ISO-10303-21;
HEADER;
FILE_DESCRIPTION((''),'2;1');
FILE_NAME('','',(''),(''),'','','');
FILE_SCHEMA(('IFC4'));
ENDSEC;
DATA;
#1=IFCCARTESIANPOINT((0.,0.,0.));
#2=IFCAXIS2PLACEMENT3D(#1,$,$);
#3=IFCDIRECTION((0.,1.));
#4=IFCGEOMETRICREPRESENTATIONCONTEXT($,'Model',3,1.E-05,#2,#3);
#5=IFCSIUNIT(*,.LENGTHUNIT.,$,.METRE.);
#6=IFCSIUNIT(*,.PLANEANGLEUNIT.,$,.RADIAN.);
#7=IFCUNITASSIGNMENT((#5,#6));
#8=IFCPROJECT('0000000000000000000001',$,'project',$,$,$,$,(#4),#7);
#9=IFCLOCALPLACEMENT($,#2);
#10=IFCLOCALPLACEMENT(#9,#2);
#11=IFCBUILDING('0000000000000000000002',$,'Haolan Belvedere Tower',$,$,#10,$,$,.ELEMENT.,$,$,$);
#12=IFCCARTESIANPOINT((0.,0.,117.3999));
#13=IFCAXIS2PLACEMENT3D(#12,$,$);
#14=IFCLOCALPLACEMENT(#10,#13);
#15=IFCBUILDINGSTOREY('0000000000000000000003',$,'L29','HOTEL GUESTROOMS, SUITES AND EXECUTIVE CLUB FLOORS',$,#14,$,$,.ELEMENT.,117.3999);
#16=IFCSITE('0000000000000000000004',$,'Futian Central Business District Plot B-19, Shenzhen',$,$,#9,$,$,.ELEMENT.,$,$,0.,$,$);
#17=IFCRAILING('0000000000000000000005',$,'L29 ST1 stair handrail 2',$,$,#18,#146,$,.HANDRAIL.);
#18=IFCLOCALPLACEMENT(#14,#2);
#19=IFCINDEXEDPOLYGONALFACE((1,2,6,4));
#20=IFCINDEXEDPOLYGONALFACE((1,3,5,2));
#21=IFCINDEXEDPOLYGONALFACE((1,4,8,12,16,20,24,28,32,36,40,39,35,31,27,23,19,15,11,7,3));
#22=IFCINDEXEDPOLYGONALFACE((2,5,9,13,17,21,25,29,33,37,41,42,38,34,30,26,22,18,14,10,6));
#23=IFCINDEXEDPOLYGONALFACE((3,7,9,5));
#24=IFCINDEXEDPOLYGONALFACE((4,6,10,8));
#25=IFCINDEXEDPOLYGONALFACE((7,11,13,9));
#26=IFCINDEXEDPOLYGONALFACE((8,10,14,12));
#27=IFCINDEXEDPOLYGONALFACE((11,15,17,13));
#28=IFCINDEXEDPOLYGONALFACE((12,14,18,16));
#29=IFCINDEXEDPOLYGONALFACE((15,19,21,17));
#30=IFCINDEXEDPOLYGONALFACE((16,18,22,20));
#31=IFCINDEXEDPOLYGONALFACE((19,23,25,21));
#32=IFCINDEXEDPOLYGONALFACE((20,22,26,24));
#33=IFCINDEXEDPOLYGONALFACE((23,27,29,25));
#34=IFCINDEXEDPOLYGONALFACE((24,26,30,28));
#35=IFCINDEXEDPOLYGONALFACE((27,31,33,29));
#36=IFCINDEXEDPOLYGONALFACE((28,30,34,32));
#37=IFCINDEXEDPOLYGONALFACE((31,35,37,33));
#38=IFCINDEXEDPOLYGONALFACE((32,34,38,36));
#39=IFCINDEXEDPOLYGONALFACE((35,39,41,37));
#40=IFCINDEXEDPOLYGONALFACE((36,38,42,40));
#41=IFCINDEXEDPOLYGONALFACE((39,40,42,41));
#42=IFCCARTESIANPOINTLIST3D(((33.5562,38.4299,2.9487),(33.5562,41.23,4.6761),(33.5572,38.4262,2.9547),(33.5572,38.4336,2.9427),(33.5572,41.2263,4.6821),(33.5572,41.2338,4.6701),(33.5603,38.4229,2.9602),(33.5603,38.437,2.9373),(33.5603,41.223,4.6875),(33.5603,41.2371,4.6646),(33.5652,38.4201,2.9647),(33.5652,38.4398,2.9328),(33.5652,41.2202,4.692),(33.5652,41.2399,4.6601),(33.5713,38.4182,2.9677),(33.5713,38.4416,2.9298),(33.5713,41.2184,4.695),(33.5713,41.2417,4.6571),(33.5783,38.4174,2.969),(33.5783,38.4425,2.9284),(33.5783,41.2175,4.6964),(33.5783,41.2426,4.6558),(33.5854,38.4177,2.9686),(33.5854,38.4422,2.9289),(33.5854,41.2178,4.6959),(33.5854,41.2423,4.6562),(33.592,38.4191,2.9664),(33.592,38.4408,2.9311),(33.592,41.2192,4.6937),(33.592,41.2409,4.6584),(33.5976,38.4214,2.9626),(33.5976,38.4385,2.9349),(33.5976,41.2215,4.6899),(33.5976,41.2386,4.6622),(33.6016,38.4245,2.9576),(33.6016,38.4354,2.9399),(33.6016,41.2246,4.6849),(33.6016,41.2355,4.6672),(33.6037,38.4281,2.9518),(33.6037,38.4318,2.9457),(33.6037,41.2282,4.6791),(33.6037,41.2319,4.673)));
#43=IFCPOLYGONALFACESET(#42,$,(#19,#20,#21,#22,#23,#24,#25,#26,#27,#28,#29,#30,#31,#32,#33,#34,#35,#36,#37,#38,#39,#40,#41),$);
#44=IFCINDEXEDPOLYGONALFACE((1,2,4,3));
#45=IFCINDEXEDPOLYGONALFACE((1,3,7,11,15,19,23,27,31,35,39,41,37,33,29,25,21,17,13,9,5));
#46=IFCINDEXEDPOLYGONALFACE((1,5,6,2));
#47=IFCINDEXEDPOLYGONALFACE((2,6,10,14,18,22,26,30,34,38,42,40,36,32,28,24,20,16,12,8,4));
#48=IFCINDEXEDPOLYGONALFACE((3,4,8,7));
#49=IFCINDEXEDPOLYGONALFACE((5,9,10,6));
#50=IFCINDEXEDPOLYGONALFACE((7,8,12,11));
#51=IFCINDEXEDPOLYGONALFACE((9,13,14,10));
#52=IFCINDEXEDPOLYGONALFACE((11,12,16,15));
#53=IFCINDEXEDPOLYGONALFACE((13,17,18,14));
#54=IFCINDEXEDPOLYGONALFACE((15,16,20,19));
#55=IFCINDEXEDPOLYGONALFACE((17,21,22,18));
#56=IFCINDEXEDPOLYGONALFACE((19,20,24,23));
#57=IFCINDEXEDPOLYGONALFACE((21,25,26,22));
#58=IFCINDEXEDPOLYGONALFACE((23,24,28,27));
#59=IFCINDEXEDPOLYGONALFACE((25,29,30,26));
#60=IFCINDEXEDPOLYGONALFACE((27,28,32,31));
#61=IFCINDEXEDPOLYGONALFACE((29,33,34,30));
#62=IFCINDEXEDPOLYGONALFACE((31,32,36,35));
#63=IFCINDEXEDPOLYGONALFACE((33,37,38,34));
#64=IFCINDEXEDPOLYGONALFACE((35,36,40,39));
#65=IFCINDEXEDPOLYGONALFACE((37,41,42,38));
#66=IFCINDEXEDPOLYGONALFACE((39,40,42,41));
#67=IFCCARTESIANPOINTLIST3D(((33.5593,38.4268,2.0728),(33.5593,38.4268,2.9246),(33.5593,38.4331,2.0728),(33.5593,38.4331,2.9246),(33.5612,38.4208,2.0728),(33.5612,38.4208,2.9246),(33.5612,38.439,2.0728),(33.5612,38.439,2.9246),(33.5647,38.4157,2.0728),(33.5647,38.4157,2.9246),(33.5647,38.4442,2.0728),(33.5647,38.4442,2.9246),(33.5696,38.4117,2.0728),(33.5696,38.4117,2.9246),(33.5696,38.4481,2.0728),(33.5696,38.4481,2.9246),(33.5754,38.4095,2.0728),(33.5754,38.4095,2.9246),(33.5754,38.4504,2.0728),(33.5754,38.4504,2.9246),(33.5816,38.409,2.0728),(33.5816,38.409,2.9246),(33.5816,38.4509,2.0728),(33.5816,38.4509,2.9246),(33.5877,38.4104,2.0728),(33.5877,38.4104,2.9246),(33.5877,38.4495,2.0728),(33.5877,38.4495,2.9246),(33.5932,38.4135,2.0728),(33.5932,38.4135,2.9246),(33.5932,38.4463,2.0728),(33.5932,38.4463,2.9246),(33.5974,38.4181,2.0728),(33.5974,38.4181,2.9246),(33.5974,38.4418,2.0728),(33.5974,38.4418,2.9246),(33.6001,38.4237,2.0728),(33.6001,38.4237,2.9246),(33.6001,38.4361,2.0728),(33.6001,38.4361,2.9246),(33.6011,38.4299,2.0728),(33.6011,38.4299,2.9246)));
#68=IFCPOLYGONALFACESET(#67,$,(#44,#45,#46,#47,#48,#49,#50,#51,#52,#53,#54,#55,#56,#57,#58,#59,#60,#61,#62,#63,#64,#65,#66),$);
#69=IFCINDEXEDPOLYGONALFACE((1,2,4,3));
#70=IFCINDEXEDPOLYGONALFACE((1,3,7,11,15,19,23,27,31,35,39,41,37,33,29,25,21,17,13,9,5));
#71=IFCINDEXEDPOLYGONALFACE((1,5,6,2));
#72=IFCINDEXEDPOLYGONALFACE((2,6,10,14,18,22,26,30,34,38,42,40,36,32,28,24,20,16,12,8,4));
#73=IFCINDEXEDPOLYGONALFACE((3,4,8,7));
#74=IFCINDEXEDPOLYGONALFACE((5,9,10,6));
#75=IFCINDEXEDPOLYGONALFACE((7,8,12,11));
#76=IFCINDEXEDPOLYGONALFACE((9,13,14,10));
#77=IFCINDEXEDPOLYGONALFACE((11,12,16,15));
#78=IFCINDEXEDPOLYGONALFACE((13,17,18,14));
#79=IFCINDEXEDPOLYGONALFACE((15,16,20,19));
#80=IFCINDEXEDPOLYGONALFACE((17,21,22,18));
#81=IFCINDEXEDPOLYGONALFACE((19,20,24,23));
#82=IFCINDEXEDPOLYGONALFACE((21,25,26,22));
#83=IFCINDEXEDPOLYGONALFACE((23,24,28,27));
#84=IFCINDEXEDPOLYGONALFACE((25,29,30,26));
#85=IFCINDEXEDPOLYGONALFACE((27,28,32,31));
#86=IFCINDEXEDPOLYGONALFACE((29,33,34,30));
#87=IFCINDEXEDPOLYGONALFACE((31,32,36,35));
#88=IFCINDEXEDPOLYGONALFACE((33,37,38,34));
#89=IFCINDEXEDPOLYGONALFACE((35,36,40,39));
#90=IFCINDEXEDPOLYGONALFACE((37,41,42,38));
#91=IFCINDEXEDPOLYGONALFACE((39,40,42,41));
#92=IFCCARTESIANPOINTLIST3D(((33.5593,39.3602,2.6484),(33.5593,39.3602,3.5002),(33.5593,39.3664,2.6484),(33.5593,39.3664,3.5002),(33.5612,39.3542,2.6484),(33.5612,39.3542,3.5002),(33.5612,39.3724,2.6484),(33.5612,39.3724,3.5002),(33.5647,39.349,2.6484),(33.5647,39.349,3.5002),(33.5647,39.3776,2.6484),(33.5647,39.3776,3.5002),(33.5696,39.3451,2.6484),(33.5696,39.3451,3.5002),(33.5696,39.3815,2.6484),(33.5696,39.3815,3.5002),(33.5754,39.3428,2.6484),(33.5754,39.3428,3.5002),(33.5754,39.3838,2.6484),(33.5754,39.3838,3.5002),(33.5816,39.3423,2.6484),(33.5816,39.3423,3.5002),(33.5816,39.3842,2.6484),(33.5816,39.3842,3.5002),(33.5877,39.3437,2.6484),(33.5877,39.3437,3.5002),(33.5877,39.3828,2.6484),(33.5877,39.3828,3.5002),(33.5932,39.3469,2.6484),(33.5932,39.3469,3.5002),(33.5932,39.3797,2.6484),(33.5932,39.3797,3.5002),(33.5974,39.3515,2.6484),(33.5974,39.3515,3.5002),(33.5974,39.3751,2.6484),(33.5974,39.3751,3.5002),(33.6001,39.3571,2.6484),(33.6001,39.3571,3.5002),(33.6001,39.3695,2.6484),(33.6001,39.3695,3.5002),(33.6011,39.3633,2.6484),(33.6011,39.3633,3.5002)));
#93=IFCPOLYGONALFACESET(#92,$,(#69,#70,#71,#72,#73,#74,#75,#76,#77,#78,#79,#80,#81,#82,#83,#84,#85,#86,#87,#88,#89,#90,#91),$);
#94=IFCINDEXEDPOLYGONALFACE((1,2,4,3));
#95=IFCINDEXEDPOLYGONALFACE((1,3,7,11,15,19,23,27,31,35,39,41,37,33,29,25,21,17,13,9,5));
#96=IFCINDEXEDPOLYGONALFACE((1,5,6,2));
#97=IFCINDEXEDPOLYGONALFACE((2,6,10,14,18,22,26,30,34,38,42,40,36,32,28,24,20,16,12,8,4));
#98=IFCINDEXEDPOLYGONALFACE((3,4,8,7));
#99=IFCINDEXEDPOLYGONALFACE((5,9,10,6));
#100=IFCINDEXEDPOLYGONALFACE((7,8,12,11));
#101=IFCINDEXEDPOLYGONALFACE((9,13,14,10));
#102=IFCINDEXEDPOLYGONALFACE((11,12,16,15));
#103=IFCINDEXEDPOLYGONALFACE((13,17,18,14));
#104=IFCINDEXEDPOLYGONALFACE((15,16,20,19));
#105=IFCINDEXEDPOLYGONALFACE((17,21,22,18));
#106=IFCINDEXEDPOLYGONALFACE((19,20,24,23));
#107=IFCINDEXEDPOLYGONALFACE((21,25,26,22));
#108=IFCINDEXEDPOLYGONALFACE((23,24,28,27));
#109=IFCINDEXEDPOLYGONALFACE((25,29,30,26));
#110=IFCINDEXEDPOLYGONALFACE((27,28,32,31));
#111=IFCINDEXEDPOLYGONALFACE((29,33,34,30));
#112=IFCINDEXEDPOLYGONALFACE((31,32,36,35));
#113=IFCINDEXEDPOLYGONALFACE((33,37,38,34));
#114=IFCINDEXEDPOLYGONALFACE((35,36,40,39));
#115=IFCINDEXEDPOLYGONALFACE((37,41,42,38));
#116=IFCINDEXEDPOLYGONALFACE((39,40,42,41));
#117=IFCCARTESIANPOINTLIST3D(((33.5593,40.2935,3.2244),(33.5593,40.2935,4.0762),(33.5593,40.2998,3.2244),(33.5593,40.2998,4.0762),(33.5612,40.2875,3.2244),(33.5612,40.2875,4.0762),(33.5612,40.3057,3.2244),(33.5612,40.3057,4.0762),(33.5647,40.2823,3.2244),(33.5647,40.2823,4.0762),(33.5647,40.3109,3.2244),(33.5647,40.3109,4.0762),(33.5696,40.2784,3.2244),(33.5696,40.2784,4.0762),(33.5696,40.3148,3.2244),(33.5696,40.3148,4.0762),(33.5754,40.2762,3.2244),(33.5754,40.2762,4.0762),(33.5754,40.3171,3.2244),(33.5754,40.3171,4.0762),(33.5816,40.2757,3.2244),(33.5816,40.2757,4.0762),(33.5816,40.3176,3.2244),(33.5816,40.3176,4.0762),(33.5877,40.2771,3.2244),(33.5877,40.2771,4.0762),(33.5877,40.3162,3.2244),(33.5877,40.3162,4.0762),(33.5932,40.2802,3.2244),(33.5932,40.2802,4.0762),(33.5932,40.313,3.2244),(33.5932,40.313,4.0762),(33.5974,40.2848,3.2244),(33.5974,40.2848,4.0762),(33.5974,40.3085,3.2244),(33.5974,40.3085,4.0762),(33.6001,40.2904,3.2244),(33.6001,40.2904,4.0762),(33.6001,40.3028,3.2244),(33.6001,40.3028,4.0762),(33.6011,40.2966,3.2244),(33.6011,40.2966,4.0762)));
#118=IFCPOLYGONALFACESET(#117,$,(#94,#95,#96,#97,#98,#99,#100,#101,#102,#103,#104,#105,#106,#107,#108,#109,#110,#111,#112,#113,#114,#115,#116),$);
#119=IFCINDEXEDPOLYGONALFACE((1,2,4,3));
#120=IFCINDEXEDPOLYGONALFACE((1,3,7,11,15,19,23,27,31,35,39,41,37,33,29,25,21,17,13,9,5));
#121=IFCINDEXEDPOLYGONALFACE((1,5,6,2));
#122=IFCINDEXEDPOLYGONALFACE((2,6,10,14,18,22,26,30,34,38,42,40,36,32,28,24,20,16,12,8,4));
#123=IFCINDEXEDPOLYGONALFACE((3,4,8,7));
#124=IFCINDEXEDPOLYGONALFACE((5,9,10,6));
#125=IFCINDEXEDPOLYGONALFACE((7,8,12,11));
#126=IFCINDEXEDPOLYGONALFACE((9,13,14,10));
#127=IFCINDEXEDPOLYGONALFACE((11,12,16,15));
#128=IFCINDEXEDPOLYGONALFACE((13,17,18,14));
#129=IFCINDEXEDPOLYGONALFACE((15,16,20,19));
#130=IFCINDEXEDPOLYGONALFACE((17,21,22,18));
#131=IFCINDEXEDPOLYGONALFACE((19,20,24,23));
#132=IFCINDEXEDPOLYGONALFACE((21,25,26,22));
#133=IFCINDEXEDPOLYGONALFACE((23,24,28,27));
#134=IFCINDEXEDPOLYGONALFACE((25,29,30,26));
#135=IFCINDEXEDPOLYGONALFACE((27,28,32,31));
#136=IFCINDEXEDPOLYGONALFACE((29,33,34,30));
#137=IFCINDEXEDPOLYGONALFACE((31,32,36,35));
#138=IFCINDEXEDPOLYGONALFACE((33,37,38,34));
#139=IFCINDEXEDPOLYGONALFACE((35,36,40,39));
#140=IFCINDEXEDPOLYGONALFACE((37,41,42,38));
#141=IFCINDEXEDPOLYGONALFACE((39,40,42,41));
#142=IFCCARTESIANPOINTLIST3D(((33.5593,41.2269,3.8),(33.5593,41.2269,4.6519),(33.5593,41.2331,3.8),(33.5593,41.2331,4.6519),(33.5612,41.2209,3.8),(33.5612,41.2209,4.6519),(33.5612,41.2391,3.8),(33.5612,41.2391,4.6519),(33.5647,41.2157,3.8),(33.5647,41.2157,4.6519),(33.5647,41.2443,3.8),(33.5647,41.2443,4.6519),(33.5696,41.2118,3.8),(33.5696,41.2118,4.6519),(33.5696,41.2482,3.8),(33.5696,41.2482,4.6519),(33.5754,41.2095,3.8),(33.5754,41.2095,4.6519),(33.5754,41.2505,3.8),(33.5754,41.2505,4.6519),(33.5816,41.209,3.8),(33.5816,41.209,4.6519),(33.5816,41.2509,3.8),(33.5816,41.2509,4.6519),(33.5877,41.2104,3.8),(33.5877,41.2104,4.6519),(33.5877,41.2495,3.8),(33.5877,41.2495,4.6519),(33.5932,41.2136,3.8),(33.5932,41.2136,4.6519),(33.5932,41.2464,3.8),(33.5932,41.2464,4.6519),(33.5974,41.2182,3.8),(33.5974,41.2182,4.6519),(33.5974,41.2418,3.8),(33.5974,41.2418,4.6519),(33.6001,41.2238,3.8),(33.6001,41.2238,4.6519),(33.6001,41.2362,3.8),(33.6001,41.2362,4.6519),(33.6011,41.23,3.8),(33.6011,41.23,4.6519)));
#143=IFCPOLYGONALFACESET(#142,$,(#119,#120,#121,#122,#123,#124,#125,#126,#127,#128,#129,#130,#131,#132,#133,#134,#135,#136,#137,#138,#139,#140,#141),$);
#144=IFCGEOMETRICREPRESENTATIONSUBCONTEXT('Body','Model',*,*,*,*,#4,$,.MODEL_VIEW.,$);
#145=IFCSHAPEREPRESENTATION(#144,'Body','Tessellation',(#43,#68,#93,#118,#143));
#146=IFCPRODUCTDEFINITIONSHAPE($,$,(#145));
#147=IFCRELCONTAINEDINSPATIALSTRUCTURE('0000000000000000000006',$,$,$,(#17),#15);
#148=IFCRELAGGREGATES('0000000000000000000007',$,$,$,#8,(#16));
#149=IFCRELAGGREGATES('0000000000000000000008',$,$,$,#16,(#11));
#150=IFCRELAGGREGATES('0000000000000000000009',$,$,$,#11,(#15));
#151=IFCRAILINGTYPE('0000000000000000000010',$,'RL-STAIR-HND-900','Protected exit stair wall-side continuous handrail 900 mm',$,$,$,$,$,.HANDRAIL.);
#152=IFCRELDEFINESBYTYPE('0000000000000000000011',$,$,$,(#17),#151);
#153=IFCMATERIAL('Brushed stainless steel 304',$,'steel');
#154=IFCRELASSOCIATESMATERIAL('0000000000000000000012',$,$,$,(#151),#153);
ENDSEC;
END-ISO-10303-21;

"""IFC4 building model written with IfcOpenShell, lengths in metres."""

from ifc_helpers import new_model, si_unit, direction, frame, origin, origin_2d, place, context, subcontext, project, spatial, circle, extrude, material, type_object, element, save


model = new_model("IFC4")

# Units and contexts
model_context = context("Model", 3, precision=1e-05, world=origin(), true_north=direction((0.0, 1.0)))
body_context = subcontext(model_context, "Body", "Model", "MODEL_VIEW")
ifc_project = project(units=[si_unit("LENGTHUNIT", "METRE"), si_unit("PLANEANGLEUNIT", "RADIAN")], contexts=[model_context])

# Site, building, storey
site_placement = place(None, origin())
site = spatial("IfcSite", under=ifc_project, at=site_placement, Name="Futian Central Business District Plot B-19, Shenzhen", CompositionType="ELEMENT", RefElevation=0.0)
building_placement = place(site_placement, origin())
building = spatial("IfcBuilding", under=site, at=building_placement, Name="Haolan Belvedere Tower", CompositionType="ELEMENT")
storey_placement = place(building_placement, frame((0.0, 0.0, 117.3999)))
storey = spatial("IfcBuildingStorey", under=building, at=storey_placement, Name="L29", Description="HOTEL GUESTROOMS, SUITES AND EXECUTIVE CLUB FLOORS", CompositionType="ELEMENT", Elevation=117.3999)

# Railing
ifc_material_1 = material(Name="Brushed stainless steel 304", Category="steel")
railing_type_1 = type_object("IfcRailingType", Name="RL-STAIR-HND-900", Description="Protected exit stair wall-side continuous handrail 900 mm", PredefinedType="HANDRAIL", material=ifc_material_1)
railing_1_placement = place(storey_placement, frame((33.5801, 38.4299, 2.0728)))
element("IfcRailing", 1, at=railing_1_placement, inside=storey, type_object=railing_type_1, Name="L29 ST1 stair handrail 2", PredefinedType="HANDRAIL", context=body_context, shape_type="SweptSolid", body=[
    extrude(circle(Radius=0.0239, at=origin_2d()), frame((0.0, 0.0, 0.876), z_axis=(0.0, 0.85109, 0.52502), x_axis=(-1.0, 0.0, 0.0)), (0.0, 0.0, 1.0), 3.29),
    extrude(circle(Radius=0.021, at=origin_2d()), origin(), (0.0, 0.0, 1.0), 0.8518),
    extrude(circle(Radius=0.021, at=origin_2d()), frame((0.0, 0.9333, 0.5757)), (0.0, 0.0, 1.0), 0.8518),
    extrude(circle(Radius=0.021, at=origin_2d()), frame((0.0, 1.8667, 1.1516)), (0.0, 0.0, 1.0), 0.8518),
    extrude(circle(Radius=0.021, at=origin_2d()), frame((0.0, 2.8, 1.7273)), (0.0, 0.0, 1.0), 0.8518),
])

save(model, "model.ifc")
